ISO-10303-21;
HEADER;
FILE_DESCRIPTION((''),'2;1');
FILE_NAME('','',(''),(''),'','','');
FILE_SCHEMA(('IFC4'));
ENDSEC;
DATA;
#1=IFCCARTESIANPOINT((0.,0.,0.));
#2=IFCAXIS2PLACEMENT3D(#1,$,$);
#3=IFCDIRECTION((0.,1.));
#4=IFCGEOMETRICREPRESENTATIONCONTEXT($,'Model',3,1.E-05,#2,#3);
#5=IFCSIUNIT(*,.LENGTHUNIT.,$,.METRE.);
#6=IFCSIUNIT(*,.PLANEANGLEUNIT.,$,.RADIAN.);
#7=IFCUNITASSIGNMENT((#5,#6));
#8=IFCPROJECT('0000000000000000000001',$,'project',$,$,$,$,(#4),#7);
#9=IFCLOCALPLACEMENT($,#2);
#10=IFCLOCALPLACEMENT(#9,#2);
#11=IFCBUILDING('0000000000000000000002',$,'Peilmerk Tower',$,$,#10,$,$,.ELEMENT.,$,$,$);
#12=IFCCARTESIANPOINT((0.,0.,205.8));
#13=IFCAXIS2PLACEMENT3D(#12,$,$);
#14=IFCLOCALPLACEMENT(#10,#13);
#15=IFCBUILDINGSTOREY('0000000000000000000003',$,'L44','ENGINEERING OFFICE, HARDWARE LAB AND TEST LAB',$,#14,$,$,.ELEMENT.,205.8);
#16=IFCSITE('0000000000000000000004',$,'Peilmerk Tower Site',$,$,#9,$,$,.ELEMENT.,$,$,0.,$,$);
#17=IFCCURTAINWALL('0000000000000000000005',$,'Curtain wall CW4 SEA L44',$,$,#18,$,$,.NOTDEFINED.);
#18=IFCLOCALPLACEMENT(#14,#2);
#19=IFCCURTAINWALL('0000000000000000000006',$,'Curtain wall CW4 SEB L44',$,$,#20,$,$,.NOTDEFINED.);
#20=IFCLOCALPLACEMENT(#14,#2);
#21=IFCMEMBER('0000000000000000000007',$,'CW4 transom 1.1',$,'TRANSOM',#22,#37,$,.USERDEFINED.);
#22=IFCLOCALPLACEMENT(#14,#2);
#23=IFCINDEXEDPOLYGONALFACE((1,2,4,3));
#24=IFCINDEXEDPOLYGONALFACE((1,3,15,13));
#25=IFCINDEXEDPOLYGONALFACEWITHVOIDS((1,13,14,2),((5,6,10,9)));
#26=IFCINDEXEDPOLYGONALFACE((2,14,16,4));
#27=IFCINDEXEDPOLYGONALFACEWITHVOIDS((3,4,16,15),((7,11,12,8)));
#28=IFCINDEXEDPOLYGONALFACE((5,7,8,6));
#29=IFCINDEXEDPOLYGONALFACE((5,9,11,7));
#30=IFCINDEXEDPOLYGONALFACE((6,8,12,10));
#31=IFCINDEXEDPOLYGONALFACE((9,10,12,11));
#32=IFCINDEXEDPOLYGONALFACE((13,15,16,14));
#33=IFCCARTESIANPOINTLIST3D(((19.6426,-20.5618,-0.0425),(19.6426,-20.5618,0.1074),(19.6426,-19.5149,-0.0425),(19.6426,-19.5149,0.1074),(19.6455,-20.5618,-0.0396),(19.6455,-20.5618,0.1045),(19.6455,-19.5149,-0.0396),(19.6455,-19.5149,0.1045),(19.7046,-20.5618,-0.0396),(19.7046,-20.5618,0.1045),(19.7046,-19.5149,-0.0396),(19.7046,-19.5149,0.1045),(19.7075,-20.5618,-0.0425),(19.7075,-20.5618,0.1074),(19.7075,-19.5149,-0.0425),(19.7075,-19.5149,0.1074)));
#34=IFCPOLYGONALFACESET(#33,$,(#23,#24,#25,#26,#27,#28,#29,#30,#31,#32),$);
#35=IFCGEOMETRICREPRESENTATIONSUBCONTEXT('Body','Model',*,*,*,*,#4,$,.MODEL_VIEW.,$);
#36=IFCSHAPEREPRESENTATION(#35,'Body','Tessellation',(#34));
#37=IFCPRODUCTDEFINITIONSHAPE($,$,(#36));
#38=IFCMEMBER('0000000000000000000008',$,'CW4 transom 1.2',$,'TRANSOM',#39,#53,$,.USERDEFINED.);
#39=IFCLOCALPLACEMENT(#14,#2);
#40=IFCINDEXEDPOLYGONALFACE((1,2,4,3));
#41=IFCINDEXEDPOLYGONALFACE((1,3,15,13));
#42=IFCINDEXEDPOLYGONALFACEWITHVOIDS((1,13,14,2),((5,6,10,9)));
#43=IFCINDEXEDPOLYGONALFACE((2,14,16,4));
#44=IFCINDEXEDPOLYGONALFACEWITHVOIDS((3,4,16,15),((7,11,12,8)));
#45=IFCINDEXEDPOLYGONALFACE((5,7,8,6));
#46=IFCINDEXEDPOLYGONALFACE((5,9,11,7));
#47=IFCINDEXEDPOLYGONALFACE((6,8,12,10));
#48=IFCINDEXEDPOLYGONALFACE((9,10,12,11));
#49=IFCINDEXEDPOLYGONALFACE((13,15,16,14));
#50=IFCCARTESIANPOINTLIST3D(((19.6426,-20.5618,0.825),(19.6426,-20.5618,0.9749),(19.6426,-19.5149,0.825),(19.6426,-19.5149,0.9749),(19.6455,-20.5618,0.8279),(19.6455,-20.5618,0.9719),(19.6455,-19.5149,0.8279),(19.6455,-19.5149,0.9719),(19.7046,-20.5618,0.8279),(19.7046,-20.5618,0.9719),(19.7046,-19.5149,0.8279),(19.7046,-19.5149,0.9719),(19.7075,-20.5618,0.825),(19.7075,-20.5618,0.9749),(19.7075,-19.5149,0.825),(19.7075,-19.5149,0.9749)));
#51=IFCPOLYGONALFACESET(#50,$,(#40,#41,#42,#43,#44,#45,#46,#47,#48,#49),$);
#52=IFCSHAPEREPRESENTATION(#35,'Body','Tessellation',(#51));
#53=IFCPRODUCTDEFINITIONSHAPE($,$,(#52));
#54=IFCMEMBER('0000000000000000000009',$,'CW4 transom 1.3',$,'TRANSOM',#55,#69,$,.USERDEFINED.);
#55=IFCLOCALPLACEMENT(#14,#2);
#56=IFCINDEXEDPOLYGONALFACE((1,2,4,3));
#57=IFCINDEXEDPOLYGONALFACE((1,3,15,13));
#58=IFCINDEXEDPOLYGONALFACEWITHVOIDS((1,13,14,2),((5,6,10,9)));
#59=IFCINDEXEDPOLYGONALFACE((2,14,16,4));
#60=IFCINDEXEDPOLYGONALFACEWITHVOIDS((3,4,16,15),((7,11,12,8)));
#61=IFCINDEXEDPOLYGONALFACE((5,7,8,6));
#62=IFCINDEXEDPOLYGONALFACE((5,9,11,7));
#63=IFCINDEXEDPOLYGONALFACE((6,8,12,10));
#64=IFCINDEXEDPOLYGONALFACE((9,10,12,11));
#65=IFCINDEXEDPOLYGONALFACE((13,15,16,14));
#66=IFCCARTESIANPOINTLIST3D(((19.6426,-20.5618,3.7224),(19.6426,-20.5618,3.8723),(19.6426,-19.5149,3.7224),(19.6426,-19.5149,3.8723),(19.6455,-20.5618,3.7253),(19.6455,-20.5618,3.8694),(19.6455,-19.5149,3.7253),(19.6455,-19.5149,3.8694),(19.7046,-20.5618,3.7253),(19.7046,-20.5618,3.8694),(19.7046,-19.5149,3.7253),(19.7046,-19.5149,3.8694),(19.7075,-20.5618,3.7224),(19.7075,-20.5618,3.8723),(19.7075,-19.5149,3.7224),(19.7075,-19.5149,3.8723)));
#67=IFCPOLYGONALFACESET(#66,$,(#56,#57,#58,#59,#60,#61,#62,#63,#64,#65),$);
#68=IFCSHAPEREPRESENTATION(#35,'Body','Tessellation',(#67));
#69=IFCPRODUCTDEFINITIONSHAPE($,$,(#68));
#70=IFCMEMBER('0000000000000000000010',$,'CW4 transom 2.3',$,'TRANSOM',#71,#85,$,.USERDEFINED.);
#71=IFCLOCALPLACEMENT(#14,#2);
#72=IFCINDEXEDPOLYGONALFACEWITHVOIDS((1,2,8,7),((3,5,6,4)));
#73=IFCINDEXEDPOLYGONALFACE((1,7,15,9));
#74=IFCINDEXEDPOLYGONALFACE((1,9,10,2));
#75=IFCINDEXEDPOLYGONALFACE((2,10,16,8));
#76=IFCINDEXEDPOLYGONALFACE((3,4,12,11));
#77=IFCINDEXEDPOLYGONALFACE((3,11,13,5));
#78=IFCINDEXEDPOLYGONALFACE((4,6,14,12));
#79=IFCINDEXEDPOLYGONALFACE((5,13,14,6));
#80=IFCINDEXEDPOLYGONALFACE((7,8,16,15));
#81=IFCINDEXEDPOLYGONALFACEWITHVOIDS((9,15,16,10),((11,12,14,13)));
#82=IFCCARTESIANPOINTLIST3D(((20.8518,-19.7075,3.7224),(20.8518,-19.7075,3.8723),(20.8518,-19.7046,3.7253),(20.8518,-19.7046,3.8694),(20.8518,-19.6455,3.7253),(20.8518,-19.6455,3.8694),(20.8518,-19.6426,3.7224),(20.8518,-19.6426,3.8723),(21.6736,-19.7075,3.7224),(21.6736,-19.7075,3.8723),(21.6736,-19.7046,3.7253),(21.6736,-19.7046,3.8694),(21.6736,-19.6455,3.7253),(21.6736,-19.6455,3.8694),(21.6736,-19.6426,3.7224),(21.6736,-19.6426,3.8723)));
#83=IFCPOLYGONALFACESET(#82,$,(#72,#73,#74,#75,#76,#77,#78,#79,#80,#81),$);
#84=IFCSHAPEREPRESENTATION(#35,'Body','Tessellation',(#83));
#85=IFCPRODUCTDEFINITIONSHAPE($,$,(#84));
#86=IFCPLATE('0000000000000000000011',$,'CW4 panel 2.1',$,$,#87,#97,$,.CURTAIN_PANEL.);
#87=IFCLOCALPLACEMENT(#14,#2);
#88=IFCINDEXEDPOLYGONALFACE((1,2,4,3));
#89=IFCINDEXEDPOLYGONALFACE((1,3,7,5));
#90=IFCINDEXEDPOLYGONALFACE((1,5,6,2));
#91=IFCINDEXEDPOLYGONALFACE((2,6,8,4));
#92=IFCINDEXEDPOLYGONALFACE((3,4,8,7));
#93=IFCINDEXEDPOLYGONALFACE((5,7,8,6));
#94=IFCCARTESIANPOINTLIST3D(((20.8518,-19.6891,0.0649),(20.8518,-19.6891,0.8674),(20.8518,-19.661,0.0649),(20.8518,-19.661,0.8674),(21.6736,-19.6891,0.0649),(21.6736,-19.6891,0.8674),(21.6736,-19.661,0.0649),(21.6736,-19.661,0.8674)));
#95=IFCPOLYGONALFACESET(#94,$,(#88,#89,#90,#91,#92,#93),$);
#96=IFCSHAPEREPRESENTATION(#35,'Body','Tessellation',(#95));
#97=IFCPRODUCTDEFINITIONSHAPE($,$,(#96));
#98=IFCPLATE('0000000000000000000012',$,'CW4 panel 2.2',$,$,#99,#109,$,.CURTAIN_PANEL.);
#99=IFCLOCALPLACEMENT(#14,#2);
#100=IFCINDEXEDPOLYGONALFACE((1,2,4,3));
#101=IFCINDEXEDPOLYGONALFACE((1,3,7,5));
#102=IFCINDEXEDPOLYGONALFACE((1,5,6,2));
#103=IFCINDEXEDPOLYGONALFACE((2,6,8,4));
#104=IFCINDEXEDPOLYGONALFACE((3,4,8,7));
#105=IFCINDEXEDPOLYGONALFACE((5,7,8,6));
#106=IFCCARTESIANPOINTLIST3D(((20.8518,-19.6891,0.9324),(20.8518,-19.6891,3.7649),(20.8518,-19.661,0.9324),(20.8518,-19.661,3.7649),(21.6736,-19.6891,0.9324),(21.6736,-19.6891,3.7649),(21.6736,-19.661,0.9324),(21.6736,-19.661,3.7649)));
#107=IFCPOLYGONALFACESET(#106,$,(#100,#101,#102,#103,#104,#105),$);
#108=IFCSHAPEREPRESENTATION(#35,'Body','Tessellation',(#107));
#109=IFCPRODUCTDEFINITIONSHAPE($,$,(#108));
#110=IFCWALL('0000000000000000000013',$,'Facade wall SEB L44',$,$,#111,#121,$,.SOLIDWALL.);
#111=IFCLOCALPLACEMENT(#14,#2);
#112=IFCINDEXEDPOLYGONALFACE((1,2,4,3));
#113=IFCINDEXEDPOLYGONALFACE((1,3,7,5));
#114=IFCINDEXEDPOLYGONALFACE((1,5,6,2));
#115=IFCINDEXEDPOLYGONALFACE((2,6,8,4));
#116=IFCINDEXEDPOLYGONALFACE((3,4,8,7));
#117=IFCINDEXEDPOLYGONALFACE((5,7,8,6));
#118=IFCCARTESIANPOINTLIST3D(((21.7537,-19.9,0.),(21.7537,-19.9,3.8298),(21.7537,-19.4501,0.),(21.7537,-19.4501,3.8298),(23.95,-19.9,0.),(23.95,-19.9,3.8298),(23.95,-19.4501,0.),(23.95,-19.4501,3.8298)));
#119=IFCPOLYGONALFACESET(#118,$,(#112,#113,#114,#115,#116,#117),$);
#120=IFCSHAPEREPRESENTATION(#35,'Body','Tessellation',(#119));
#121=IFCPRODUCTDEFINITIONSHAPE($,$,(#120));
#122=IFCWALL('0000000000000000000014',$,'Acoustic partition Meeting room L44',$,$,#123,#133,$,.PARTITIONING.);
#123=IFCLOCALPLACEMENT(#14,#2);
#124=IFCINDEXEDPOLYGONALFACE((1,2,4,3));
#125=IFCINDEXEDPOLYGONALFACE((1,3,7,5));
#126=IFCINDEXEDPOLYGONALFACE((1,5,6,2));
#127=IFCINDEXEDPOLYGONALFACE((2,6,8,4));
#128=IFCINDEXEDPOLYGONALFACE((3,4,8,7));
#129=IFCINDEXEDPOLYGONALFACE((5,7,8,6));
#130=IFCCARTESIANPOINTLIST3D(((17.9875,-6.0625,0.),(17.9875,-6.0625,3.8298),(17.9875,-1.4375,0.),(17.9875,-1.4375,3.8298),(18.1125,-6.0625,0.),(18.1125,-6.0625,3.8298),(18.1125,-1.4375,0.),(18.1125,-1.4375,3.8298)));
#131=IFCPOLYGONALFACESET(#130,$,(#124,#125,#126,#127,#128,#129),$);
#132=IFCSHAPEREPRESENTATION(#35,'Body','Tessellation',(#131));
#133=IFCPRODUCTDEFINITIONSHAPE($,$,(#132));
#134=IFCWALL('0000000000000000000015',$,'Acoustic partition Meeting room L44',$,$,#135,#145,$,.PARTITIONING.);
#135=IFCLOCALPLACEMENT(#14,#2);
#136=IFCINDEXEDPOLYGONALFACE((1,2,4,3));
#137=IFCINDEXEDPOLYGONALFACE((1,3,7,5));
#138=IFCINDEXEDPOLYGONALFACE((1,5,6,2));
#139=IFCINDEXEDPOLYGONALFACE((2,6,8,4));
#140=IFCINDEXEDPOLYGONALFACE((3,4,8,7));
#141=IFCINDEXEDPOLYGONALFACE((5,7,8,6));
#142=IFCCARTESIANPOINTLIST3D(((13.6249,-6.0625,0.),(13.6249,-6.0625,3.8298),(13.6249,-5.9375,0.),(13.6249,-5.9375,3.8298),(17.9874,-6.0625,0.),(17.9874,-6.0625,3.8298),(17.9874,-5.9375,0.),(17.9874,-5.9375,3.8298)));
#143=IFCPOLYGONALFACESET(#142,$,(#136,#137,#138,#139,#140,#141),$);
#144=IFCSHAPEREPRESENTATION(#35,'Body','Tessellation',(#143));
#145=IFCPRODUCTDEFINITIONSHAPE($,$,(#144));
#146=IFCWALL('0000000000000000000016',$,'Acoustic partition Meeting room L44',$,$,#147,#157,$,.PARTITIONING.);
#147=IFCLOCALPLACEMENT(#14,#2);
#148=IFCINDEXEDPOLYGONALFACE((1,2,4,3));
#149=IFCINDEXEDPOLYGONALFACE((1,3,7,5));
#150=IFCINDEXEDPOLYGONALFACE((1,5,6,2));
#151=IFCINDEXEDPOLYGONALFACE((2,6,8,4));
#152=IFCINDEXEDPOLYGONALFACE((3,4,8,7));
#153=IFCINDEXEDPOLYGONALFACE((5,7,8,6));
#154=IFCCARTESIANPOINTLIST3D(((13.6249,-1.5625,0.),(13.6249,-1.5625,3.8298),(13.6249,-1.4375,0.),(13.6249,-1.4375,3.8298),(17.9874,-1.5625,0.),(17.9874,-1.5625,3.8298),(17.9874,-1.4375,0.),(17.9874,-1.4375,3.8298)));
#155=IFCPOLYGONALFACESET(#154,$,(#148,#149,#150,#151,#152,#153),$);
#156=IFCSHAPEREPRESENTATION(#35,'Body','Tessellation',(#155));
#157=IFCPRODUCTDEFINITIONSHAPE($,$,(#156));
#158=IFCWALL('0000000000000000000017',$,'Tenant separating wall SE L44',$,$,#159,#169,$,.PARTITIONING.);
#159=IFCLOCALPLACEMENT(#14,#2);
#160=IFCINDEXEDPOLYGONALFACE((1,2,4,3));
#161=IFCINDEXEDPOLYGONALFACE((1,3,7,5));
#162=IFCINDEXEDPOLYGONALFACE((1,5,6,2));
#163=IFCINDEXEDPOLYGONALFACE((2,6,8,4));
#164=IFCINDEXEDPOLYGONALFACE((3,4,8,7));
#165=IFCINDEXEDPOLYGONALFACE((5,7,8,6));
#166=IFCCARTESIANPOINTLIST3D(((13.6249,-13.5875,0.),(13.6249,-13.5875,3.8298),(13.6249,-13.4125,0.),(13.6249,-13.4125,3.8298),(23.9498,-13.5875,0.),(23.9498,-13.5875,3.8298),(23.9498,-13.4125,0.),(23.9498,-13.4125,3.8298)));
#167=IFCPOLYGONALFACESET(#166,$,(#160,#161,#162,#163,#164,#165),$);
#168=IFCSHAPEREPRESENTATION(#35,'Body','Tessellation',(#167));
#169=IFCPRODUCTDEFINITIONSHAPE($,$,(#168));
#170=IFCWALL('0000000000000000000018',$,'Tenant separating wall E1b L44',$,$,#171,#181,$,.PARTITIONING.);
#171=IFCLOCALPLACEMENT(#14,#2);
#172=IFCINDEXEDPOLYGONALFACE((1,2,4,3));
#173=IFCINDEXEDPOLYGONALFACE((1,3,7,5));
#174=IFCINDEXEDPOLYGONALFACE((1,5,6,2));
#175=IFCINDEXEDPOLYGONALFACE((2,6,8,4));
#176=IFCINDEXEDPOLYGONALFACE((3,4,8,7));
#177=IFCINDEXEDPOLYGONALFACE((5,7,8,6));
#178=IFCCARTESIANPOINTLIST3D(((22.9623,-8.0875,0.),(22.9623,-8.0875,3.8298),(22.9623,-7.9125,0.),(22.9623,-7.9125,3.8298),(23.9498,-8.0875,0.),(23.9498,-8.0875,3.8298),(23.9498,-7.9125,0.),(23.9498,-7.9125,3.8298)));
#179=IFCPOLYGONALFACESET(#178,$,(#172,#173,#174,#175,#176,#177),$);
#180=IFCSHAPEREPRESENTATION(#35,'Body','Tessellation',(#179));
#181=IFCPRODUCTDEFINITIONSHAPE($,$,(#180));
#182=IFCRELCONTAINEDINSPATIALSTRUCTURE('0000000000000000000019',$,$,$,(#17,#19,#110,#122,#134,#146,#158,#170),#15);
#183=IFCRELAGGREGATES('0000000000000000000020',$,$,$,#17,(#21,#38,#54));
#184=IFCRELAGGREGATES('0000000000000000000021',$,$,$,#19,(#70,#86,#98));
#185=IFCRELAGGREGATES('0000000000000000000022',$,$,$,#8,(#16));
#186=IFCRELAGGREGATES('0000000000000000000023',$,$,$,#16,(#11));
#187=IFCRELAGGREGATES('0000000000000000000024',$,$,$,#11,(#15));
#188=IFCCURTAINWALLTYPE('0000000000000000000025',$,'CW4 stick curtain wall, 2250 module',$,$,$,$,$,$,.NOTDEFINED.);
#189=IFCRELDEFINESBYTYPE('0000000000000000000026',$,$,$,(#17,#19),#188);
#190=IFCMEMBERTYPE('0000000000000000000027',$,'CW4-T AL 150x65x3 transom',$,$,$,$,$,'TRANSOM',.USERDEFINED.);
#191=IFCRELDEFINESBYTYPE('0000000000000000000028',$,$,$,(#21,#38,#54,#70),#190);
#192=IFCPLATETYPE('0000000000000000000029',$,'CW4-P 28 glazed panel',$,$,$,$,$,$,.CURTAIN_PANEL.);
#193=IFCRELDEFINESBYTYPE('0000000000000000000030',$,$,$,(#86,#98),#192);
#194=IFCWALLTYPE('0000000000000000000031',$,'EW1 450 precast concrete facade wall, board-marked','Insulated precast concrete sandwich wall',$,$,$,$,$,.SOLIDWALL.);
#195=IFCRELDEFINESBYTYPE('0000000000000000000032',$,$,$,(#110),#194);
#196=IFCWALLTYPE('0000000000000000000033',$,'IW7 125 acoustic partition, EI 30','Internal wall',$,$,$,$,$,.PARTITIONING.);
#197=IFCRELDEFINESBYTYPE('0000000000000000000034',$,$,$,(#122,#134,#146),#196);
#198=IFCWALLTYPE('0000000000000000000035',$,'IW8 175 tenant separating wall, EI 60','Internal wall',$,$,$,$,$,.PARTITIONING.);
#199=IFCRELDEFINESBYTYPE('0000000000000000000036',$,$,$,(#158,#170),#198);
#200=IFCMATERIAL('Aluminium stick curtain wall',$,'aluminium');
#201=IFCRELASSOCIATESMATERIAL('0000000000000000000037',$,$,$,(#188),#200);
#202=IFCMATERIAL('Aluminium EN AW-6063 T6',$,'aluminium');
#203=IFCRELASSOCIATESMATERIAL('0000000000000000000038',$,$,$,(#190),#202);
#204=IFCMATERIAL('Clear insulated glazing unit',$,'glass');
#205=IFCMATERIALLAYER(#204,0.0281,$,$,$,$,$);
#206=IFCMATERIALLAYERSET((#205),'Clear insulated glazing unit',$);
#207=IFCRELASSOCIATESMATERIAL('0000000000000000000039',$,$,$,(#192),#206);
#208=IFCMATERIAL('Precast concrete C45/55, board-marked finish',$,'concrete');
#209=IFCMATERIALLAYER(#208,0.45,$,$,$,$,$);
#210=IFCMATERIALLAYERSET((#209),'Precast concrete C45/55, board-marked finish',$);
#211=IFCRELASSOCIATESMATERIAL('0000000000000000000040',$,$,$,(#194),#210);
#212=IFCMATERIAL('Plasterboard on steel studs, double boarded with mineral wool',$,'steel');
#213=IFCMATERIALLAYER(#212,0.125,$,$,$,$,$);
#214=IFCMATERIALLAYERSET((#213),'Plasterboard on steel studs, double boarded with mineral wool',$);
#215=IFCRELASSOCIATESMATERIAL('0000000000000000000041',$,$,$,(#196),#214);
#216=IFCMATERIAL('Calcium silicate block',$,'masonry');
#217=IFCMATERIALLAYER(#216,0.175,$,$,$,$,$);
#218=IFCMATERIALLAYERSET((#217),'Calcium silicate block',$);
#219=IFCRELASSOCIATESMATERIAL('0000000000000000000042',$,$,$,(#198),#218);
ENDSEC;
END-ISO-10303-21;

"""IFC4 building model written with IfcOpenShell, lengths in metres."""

from ifc_helpers import new_model, si_unit, direction, frame, frame_2d, origin, origin_2d, place, context, subcontext, project, spatial, rectangle, hollow_rectangle, extrude, material, layer, layer_set, material_profile, profile_set, type_object, element, aggregate, save


model = new_model("IFC4")

# Units and contexts
model_context = context("Model", 3, precision=1e-05, world=origin(), true_north=direction((0.0, 1.0)))
body_context = subcontext(model_context, "Body", "Model", "MODEL_VIEW")
ifc_project = project(units=[si_unit("LENGTHUNIT", "METRE"), si_unit("PLANEANGLEUNIT", "RADIAN")], contexts=[model_context])

# Site, building, storey
site_placement = place(None, origin())
site = spatial("IfcSite", under=ifc_project, at=site_placement, Name="Peilmerk Tower Site", CompositionType="ELEMENT", RefElevation=0.0)
building_placement = place(site_placement, origin())
building = spatial("IfcBuilding", under=site, at=building_placement, Name="Peilmerk Tower", CompositionType="ELEMENT")
storey_placement = place(building_placement, frame((0.0, 0.0, 205.8)))
storey = spatial("IfcBuildingStorey", under=building, at=storey_placement, Name="L44", Description="ENGINEERING OFFICE, HARDWARE LAB AND TEST LAB", CompositionType="ELEMENT", Elevation=205.8)

# Curtain walls
ifc_material_1 = material(Name="Aluminium stick curtain wall", Category="aluminium")
curtain_wall_type = type_object("IfcCurtainWallType", Name="CW4 stick curtain wall, 2250 module", PredefinedType="NOTDEFINED", material=ifc_material_1)
curtain_wall_1_placement = place(storey_placement, origin())
curtain_wall_1 = element("IfcCurtainWall", 1, at=curtain_wall_1_placement, inside=storey, type_object=curtain_wall_type, Name="Curtain wall CW4 SEA L44", PredefinedType="NOTDEFINED")
ifc_material_2 = material(Name="Aluminium EN AW-6063 T6", Category="aluminium")
curtain_wall_2_placement = place(storey_placement, origin())
curtain_wall_2 = element("IfcCurtainWall", 2, at=curtain_wall_2_placement, inside=storey, type_object=curtain_wall_type, Name="Curtain wall CW4 SEB L44", PredefinedType="NOTDEFINED")

# Members
ifc_material_profile_1 = material_profile(ifc_material_2, hollow_rectangle(XDim=0.0649, YDim=0.1499, WallThickness=0.0029, at=origin_2d()), Name="AL 150x65x3")
ifc_profile_set_1 = profile_set([ifc_material_profile_1], Name="Aluminium EN AW-6063 T6")
member_type_1 = type_object("IfcMemberType", Name="CW4-T AL 150x65x3 transom", ElementType="TRANSOM", PredefinedType="USERDEFINED", material=ifc_profile_set_1)
member_1_placement = place(storey_placement, frame((19.675, -19.5149, 0.0325), z_axis=(0.0, -1.0, 0.0), x_axis=(1.0, 0.0, 0.0)))
member_1 = element("IfcMember", 3, at=member_1_placement, type_object=member_type_1, Name="CW4 transom 1.1", ObjectType="TRANSOM", PredefinedType="USERDEFINED", context=body_context, shape_type="SweptSolid", body=[
    extrude(hollow_rectangle(XDim=0.0649, YDim=0.1499, WallThickness=0.0029, at=origin_2d()), origin(), (0.0, 0.0, 1.0), 1.0469),
])
member_2_placement = place(storey_placement, frame((19.675, -19.5149, 0.8999), z_axis=(0.0, -1.0, 0.0), x_axis=(1.0, 0.0, 0.0)))
member_2 = element("IfcMember", 4, at=member_2_placement, type_object=member_type_1, Name="CW4 transom 1.2", ObjectType="TRANSOM", PredefinedType="USERDEFINED", context=body_context, shape_type="SweptSolid", body=[
    extrude(hollow_rectangle(XDim=0.0649, YDim=0.1499, WallThickness=0.0029, at=origin_2d()), origin(), (0.0, 0.0, 1.0), 1.0469),
])
member_3_placement = place(storey_placement, frame((19.675, -19.5149, 3.7974), z_axis=(0.0, -1.0, 0.0), x_axis=(1.0, 0.0, 0.0)))
member_3 = element("IfcMember", 5, at=member_3_placement, type_object=member_type_1, Name="CW4 transom 1.3", ObjectType="TRANSOM", PredefinedType="USERDEFINED", context=body_context, shape_type="SweptSolid", body=[
    extrude(hollow_rectangle(XDim=0.0649, YDim=0.1499, WallThickness=0.0029, at=origin_2d()), origin(), (0.0, 0.0, 1.0), 1.0469),
])
aggregate(curtain_wall_1, [member_1, member_2, member_3])
member_4_placement = place(storey_placement, frame((20.8518, -19.675, 3.7974), z_axis=(1.0, 0.0, 0.0), x_axis=(0.0, 1.0, 0.0)))
member_4 = element("IfcMember", 6, at=member_4_placement, type_object=member_type_1, Name="CW4 transom 2.3", ObjectType="TRANSOM", PredefinedType="USERDEFINED", context=body_context, shape_type="SweptSolid", body=[
    extrude(hollow_rectangle(XDim=0.0649, YDim=0.1499, WallThickness=0.0029, at=origin_2d()), origin(), (0.0, 0.0, 1.0), 0.8218),
])

# Plates
ifc_material_3 = material(Name="Clear insulated glazing unit", Category="glass")
ifc_layer_1 = layer(ifc_material_3, 0.0281)
ifc_layer_set_1 = layer_set([ifc_layer_1], Name="Clear insulated glazing unit")
plate_type = type_object("IfcPlateType", Name="CW4-P 28 glazed panel", PredefinedType="CURTAIN_PANEL", material=ifc_layer_set_1)
plate_1_placement = place(storey_placement, frame((21.2627, -19.675, 0.0649), z_axis=(0.0, 0.0, 1.0), x_axis=(1.0, 0.0, 0.0)))
plate_1 = element("IfcPlate", 7, at=plate_1_placement, type_object=plate_type, Name="CW4 panel 2.1", PredefinedType="CURTAIN_PANEL", context=body_context, shape_type="SweptSolid", body=[
    extrude(rectangle(XDim=0.8218, YDim=0.0281, at=origin_2d()), origin(), (0.0, 0.0, 1.0), 0.8025),
])
plate_2_placement = place(storey_placement, frame((21.2627, -19.675, 0.9324), z_axis=(0.0, 0.0, 1.0), x_axis=(1.0, 0.0, 0.0)))
plate_2 = element("IfcPlate", 8, at=plate_2_placement, type_object=plate_type, Name="CW4 panel 2.2", PredefinedType="CURTAIN_PANEL", context=body_context, shape_type="SweptSolid", body=[
    extrude(rectangle(XDim=0.8218, YDim=0.0281, at=origin_2d()), origin(), (0.0, 0.0, 1.0), 2.8325),
])
aggregate(curtain_wall_2, [member_4, plate_1, plate_2])

# Walls
ifc_material_4 = material(Name="Precast concrete C45/55, board-marked finish", Category="concrete")
ifc_layer_2 = layer(ifc_material_4, 0.45)
ifc_layer_set_2 = layer_set([ifc_layer_2], Name="Precast concrete C45/55, board-marked finish")
wall_type_1 = type_object("IfcWallType", Name="EW1 450 precast concrete facade wall, board-marked", Description="Insulated precast concrete sandwich wall", PredefinedType="SOLIDWALL", material=ifc_layer_set_2)
wall_1_placement = place(storey_placement, frame((21.7537, -19.675, 0.0), z_axis=(0.0, 0.0, 1.0), x_axis=(1.0, 0.0, 0.0)))
element("IfcWall", 9, at=wall_1_placement, inside=storey, type_object=wall_type_1, Name="Facade wall SEB L44", PredefinedType="SOLIDWALL", context=body_context, shape_type="SweptSolid", body=[
    extrude(rectangle(XDim=2.1963, YDim=0.45, at=frame_2d((1.0981, 0.0))), origin(), (0.0, 0.0, 1.0), 3.8298),
])
ifc_material_5 = material(Name="Plasterboard on steel studs, double boarded with mineral wool", Category="steel")
ifc_layer_3 = layer(ifc_material_5, 0.125)
ifc_layer_set_3 = layer_set([ifc_layer_3], Name="Plasterboard on steel studs, double boarded with mineral wool")
wall_type_2 = type_object("IfcWallType", Name="IW7 125 acoustic partition, EI 30", Description="Internal wall", PredefinedType="PARTITIONING", material=ifc_layer_set_3)
wall_2_placement = place(storey_placement, frame((18.05, -6.0625, 0.0), z_axis=(0.0, 0.0, 1.0), x_axis=(0.0, 1.0, 0.0)))
element("IfcWall", 10, at=wall_2_placement, inside=storey, type_object=wall_type_2, Name="Acoustic partition Meeting room L44", PredefinedType="PARTITIONING", context=body_context, shape_type="SweptSolid", body=[
    extrude(rectangle(XDim=4.625, YDim=0.125, at=frame_2d((2.3125, 0.0))), origin(), (0.0, 0.0, 1.0), 3.8298),
])
for number, where, z_axis, x_axis, name in (
    (11, (13.625, -6.0, 0.0), (0.0, 0.0, 1.0), (1.0, 0.0, 0.0), "Acoustic partition Meeting room L44"),
    (12, (13.625, -1.5, 0.0), (0.0, 0.0, 1.0), (1.0, 0.0, 0.0), "Acoustic partition Meeting room L44"),
):
    element("IfcWall", number, at=place(storey_placement, frame(where, z_axis=z_axis, x_axis=x_axis)), inside=storey, type_object=wall_type_2, Name=name, PredefinedType="PARTITIONING", context=body_context, shape_type="SweptSolid", body=[
        extrude(rectangle(XDim=4.3625, YDim=0.125, at=frame_2d((2.1812, 0.0))), origin(), (0.0, 0.0, 1.0), 3.8298),
    ])
ifc_material_6 = material(Name="Calcium silicate block", Category="masonry")
ifc_layer_4 = layer(ifc_material_6, 0.175)
ifc_layer_set_4 = layer_set([ifc_layer_4], Name="Calcium silicate block")
wall_type_3 = type_object("IfcWallType", Name="IW8 175 tenant separating wall, EI 60", Description="Internal wall", PredefinedType="PARTITIONING", material=ifc_layer_set_4)
wall_3_placement = place(storey_placement, frame((23.95, -13.5, 0.0), z_axis=(0.0, 0.0, 1.0), x_axis=(-1.0, 0.0, 0.0)))
element("IfcWall", 13, at=wall_3_placement, inside=storey, type_object=wall_type_3, Name="Tenant separating wall SE L44", PredefinedType="PARTITIONING", context=body_context, shape_type="SweptSolid", body=[
    extrude(rectangle(XDim=10.325, YDim=0.175, at=frame_2d((5.1626, 0.0))), origin(), (0.0, 0.0, 1.0), 3.8298),
])
wall_4_placement = place(storey_placement, frame((22.9624, -8.0, 0.0), z_axis=(0.0, 0.0, 1.0), x_axis=(1.0, 0.0, 0.0)))
element("IfcWall", 14, at=wall_4_placement, inside=storey, type_object=wall_type_3, Name="Tenant separating wall E1b L44", PredefinedType="PARTITIONING", context=body_context, shape_type="SweptSolid", body=[
    extrude(rectangle(XDim=0.9875, YDim=0.175, at=frame_2d((0.4937, 0.0))), origin(), (0.0, 0.0, 1.0), 3.8298),
])

save(model, "model.ifc")
